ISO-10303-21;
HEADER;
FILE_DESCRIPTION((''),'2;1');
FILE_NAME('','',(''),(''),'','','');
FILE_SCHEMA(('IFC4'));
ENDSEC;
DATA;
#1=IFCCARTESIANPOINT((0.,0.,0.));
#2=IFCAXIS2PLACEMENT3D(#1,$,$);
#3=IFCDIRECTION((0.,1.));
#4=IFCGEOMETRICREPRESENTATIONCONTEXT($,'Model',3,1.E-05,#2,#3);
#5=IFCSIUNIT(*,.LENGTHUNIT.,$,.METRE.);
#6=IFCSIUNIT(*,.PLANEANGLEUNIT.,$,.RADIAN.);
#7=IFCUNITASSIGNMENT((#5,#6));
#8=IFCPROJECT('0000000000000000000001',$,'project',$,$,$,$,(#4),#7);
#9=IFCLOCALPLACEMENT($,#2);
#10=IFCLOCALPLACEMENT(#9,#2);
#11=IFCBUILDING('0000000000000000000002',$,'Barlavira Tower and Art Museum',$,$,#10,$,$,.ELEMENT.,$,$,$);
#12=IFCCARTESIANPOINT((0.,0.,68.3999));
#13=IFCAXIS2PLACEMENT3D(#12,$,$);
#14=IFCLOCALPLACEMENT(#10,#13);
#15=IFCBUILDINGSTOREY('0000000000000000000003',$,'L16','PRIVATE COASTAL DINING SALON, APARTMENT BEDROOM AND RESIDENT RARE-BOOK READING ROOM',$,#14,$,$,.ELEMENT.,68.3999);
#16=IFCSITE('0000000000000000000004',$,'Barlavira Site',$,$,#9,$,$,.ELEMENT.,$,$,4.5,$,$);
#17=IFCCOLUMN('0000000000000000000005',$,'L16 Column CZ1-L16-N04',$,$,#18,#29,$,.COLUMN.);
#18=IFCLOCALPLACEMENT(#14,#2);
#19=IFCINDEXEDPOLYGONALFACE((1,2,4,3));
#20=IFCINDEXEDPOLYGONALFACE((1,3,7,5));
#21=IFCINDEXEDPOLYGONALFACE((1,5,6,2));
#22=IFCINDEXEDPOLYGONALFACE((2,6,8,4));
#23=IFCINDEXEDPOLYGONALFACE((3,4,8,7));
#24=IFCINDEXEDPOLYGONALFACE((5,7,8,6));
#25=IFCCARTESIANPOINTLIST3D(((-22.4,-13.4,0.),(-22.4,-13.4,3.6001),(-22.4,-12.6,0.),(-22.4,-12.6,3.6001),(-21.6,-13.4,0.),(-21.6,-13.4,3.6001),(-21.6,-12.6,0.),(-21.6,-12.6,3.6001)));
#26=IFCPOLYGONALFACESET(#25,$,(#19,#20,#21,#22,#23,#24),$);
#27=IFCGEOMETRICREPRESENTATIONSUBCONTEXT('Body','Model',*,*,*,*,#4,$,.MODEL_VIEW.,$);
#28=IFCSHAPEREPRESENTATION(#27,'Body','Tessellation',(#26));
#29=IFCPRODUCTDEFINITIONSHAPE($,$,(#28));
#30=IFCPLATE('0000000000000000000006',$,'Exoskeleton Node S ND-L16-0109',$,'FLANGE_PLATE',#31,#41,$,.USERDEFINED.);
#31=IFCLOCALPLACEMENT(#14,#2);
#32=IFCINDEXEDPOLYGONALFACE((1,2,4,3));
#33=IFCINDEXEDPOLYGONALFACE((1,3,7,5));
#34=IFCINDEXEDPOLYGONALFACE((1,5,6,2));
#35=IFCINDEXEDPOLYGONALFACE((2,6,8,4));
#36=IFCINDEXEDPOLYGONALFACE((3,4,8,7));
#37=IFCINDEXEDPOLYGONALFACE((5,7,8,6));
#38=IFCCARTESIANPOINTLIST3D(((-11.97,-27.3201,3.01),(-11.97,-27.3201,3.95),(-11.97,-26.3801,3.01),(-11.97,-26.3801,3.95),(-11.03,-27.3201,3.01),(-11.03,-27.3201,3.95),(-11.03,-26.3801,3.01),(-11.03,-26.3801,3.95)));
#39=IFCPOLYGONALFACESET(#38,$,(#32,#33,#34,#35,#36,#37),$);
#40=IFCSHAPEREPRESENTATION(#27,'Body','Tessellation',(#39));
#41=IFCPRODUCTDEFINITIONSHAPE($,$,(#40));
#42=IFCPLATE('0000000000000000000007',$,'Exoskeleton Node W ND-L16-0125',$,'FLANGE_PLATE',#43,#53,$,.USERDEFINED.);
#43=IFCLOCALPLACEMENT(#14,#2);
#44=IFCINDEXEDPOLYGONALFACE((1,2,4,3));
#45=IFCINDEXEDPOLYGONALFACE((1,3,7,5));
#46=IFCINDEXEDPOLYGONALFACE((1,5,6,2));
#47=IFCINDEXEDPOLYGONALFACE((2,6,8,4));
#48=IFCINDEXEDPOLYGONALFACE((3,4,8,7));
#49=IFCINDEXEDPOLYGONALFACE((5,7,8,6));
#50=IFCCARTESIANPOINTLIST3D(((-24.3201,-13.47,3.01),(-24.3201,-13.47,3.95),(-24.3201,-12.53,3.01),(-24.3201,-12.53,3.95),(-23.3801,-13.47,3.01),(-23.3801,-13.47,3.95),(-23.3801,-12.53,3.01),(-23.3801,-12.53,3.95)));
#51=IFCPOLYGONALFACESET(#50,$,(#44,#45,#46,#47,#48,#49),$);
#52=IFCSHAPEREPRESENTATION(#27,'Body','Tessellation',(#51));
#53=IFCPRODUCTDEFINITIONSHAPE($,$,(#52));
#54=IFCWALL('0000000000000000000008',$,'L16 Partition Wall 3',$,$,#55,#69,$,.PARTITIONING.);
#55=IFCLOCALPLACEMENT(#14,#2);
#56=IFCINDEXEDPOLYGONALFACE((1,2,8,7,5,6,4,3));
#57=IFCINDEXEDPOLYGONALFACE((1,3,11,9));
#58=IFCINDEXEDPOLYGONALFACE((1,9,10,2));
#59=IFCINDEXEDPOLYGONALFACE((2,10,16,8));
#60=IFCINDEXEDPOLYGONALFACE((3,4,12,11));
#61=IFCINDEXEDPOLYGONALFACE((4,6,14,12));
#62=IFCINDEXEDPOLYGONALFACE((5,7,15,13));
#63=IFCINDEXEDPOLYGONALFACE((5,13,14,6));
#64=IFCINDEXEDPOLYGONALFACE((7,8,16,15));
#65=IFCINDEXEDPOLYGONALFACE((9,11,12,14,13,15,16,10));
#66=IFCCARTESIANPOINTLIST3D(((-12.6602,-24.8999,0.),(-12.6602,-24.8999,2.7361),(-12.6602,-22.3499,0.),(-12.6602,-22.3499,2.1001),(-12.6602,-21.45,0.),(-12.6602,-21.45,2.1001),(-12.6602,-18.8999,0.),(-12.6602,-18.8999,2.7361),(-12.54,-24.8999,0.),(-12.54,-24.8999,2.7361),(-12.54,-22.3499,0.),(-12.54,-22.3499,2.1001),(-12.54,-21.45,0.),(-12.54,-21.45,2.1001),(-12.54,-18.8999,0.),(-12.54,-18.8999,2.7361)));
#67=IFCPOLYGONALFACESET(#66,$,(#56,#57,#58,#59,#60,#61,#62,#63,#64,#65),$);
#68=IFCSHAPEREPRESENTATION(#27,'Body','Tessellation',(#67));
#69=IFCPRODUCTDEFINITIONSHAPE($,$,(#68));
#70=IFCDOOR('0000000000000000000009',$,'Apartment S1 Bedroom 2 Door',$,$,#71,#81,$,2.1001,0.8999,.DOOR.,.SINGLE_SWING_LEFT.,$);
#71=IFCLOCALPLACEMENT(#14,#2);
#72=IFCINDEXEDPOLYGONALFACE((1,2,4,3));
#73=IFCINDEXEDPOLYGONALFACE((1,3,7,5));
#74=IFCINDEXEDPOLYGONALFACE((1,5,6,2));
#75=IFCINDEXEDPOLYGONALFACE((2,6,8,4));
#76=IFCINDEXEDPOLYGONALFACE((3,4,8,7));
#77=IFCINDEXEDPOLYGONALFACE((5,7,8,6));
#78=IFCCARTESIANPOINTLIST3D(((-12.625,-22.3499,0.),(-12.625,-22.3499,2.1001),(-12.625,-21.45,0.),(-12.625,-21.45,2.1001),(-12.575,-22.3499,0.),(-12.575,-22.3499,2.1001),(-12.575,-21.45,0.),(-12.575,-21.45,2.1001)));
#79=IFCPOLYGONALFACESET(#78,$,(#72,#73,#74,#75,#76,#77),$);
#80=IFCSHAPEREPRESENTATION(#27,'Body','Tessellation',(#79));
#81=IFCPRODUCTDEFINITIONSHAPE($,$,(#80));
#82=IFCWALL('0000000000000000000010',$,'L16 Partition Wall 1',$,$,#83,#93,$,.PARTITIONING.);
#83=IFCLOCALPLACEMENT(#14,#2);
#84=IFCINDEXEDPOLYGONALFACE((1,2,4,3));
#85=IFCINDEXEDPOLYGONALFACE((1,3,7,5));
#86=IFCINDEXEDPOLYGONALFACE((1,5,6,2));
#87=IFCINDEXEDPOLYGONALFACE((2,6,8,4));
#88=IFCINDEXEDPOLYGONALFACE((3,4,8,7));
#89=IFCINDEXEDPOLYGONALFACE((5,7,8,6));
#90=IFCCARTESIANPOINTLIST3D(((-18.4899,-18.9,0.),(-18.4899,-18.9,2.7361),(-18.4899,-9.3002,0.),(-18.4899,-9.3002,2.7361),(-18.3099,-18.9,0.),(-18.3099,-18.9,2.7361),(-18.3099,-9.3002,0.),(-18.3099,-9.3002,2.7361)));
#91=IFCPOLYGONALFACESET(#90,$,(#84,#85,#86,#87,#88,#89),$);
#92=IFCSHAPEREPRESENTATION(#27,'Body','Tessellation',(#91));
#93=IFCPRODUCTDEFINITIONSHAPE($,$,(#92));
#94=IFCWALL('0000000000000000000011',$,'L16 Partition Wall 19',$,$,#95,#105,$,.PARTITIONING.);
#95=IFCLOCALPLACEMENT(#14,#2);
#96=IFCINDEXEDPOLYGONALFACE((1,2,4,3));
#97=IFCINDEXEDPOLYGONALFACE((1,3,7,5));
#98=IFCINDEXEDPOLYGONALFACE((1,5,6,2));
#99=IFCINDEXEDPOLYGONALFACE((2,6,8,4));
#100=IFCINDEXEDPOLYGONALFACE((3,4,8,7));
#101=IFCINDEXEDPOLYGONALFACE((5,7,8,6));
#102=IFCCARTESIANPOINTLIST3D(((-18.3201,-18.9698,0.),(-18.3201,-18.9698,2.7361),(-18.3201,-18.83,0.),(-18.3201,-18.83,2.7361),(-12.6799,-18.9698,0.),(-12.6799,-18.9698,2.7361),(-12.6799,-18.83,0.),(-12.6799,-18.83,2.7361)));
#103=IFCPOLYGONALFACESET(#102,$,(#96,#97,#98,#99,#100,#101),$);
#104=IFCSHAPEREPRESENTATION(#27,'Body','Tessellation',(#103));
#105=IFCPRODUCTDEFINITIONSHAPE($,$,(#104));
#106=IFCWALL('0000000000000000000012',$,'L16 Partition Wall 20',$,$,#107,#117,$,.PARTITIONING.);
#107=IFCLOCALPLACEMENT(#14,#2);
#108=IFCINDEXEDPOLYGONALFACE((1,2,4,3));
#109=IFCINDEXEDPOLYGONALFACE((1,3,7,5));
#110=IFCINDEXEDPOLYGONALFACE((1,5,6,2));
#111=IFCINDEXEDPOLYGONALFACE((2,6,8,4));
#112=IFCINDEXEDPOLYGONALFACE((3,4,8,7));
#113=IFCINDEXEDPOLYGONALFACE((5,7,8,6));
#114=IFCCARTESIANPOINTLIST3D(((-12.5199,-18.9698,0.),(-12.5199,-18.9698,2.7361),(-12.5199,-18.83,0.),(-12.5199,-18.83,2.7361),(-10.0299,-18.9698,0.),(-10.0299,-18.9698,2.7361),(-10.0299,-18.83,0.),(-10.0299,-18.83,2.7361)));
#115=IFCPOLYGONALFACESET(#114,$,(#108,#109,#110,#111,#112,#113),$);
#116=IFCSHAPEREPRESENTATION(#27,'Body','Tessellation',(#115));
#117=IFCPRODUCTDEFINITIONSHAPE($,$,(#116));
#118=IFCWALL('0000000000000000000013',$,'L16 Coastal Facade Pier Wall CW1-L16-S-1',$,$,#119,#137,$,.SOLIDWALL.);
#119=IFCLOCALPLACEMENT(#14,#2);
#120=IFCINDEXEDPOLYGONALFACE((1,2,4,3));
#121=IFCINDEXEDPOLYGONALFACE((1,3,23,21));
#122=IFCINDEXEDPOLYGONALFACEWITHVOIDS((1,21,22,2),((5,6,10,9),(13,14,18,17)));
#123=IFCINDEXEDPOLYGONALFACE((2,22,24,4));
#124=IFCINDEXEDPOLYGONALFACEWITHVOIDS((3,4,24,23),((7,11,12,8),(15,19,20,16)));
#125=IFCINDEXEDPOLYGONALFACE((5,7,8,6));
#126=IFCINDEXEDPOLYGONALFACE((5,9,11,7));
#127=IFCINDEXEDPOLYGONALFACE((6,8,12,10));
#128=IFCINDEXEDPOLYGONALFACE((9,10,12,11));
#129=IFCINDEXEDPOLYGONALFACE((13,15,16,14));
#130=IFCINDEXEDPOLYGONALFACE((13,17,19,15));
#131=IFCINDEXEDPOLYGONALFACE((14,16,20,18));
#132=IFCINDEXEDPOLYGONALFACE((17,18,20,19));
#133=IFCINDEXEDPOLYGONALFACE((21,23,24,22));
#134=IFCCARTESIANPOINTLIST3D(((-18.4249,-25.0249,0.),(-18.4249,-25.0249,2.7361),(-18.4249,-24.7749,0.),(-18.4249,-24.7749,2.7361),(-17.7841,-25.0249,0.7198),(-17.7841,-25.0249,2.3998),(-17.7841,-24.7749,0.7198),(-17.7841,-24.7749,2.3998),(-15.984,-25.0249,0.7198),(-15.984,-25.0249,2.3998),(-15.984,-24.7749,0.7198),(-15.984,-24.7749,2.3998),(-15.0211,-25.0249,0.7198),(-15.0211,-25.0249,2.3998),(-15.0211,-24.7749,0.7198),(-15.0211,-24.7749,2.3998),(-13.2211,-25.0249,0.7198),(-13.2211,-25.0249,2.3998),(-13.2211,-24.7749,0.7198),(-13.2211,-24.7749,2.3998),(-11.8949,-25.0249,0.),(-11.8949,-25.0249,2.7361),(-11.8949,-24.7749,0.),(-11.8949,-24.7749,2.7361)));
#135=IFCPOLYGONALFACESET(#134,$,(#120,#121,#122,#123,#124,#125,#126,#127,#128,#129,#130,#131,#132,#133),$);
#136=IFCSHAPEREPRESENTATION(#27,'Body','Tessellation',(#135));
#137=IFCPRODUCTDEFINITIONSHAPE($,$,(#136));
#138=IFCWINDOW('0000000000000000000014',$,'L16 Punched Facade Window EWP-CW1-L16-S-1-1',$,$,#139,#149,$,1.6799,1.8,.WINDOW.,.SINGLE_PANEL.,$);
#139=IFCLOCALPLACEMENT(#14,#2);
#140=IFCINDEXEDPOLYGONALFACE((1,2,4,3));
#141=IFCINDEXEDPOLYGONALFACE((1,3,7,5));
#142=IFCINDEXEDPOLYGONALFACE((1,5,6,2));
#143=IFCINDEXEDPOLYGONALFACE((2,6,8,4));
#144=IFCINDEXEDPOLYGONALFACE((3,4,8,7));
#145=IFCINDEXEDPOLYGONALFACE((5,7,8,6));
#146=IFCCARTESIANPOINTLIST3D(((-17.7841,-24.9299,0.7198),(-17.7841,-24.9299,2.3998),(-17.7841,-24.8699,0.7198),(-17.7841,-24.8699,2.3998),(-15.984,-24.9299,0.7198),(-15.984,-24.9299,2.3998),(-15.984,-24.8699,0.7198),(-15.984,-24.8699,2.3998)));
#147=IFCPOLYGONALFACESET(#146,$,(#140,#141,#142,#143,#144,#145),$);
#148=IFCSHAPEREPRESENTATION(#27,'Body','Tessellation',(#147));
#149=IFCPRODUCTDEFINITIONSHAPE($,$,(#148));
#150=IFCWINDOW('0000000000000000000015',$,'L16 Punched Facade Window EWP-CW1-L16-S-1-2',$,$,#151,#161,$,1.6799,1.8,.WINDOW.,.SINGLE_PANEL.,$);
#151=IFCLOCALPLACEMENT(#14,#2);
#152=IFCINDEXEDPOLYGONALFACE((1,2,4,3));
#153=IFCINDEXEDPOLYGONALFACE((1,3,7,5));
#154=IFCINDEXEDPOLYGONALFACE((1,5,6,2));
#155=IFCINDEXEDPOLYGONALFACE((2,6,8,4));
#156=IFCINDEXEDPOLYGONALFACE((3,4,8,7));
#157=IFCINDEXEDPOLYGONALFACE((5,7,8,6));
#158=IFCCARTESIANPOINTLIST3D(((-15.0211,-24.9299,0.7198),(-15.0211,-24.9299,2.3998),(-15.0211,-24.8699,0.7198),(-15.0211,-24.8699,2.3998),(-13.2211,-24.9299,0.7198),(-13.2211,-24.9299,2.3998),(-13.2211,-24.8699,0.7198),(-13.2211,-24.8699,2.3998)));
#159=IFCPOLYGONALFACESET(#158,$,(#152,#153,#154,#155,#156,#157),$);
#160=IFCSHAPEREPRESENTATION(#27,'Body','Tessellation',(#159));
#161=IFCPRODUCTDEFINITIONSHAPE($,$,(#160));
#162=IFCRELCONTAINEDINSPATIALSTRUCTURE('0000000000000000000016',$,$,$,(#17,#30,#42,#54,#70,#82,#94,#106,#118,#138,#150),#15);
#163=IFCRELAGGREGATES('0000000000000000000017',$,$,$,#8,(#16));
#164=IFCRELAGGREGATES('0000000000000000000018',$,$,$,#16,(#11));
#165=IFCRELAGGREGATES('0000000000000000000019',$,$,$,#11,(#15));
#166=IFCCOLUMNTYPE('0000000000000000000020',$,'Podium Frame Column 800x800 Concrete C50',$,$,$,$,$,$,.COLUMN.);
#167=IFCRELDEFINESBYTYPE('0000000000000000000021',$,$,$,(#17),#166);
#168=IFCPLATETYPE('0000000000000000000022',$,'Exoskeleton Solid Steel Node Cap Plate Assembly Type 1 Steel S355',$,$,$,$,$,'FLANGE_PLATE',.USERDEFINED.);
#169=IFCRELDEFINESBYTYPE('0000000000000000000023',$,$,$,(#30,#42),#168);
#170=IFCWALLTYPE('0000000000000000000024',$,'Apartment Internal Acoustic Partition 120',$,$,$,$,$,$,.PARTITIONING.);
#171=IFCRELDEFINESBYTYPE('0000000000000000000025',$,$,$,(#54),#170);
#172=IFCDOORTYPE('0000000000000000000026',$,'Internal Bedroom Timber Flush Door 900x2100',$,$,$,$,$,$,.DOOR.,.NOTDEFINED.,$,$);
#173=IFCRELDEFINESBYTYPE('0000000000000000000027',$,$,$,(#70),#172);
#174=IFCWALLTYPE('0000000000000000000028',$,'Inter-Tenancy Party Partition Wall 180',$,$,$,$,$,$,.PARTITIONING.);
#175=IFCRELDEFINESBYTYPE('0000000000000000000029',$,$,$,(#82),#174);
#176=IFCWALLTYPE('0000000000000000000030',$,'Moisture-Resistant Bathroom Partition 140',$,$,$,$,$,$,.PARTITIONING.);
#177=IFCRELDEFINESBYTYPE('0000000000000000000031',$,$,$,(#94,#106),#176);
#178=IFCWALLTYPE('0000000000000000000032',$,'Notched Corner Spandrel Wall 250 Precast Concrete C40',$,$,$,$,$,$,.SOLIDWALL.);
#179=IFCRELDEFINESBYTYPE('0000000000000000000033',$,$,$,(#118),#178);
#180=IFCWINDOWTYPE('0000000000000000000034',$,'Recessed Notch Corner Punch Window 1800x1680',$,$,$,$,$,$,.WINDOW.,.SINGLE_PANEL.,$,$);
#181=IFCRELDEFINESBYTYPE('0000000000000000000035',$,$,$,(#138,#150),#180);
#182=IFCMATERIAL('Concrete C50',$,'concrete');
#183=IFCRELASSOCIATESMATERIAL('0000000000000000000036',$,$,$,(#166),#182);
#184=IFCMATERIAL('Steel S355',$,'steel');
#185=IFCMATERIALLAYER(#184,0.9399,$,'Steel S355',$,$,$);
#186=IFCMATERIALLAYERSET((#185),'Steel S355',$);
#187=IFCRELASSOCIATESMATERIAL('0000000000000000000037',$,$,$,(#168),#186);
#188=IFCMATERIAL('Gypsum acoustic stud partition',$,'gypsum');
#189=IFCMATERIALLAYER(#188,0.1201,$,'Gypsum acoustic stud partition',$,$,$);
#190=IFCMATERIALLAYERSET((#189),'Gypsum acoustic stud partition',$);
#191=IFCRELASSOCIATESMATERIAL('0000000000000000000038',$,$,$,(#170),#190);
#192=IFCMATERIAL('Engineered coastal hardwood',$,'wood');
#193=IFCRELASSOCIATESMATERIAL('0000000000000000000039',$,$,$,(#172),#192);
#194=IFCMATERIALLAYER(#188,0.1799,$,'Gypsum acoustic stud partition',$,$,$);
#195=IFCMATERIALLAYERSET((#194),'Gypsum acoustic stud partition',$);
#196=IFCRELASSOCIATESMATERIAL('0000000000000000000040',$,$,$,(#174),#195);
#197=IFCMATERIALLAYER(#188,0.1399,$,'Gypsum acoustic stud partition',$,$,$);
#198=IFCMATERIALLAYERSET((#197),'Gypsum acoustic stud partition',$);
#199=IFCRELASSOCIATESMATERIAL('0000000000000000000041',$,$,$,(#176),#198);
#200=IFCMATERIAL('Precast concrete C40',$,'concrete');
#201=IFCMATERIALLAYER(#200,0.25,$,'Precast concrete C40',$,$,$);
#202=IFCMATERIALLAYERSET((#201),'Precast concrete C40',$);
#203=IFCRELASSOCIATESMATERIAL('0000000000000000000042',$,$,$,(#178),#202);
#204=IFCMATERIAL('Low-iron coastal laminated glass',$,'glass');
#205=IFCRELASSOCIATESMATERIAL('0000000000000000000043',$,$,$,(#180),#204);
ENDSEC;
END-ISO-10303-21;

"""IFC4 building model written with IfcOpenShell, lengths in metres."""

from ifc_helpers import new_model, si_unit, direction, frame, frame_2d, origin, origin_2d, place, context, subcontext, project, spatial, rectangle, extrude, material, layer, layer_set, material_profile, profile_set, type_object, element, fill, save


model = new_model("IFC4")

# Units and contexts
model_context = context("Model", 3, precision=1e-05, world=origin(), true_north=direction((0.0, 1.0)))
body_context = subcontext(model_context, "Body", "Model", "MODEL_VIEW")
ifc_project = project(units=[si_unit("LENGTHUNIT", "METRE"), si_unit("PLANEANGLEUNIT", "RADIAN")], contexts=[model_context])

# Site, building, storey
site_placement = place(None, origin())
site = spatial("IfcSite", under=ifc_project, at=site_placement, Name="Barlavira Site", CompositionType="ELEMENT", RefElevation=4.5)
building_placement = place(site_placement, origin())
building = spatial("IfcBuilding", under=site, at=building_placement, Name="Barlavira Tower and Art Museum", CompositionType="ELEMENT")
storey_placement = place(building_placement, frame((0.0, 0.0, 68.3999)))
storey = spatial("IfcBuildingStorey", under=building, at=storey_placement, Name="L16", Description="PRIVATE COASTAL DINING SALON, APARTMENT BEDROOM AND RESIDENT RARE-BOOK READING ROOM", CompositionType="ELEMENT", Elevation=68.3999)

# Column
ifc_material_1 = material(Name="Concrete C50", Category="concrete")
ifc_material_profile = material_profile(ifc_material_1, rectangle(XDim=0.8, YDim=0.8, at=origin_2d()), Name="RC-COL 800x800")
ifc_profile_set = profile_set([ifc_material_profile], Name="Concrete C50")
column_type = type_object("IfcColumnType", Name="Podium Frame Column 800x800 Concrete C50", PredefinedType="COLUMN", material=ifc_profile_set)
column_placement = place(storey_placement, frame((-22.0, -13.0, 0.0), z_axis=(0.0, 0.0, 1.0), x_axis=(1.0, 0.0, 0.0)))
element("IfcColumn", 1, at=column_placement, inside=storey, type_object=column_type, Name="L16 Column CZ1-L16-N04", PredefinedType="COLUMN", context=body_context, shape_type="SweptSolid", body=[
    extrude(rectangle(XDim=0.8, YDim=0.8, at=origin_2d()), origin(), (0.0, 0.0, 1.0), 3.6001),
])

# Plates
ifc_material_2 = material(Name="Steel S355", Category="steel")
ifc_layer_1 = layer(ifc_material_2, 0.9399, Name="Steel S355")
ifc_layer_set_1 = layer_set([ifc_layer_1], Name="Steel S355")
plate_type = type_object("IfcPlateType", Name="Exoskeleton Solid Steel Node Cap Plate Assembly Type 1 Steel S355", ElementType="FLANGE_PLATE", PredefinedType="USERDEFINED", material=ifc_layer_set_1)
for number, where, z_axis, x_axis, name in (
    (2, (-11.5, -26.8501, 3.01), (0.0, 0.0, 1.0), (1.0, 0.0, 0.0), "Exoskeleton Node S ND-L16-0109"),
    (3, (-23.8501, -13.0, 3.01), (0.0, 0.0, 1.0), (1.0, 0.0, 0.0), "Exoskeleton Node W ND-L16-0125"),
):
    element("IfcPlate", number, at=place(storey_placement, frame(where, z_axis=z_axis, x_axis=x_axis)), inside=storey, type_object=plate_type, Name=name, ObjectType="FLANGE_PLATE", PredefinedType="USERDEFINED", context=body_context, shape_type="SweptSolid", body=[
        extrude(rectangle(XDim=0.9399, YDim=0.9399, at=origin_2d()), origin(), (0.0, 0.0, 1.0), 0.9399),
    ])

# Wall, opening, door
ifc_material_3 = material(Name="Gypsum acoustic stud partition", Category="gypsum")
ifc_layer_2 = layer(ifc_material_3, 0.1201, Name="Gypsum acoustic stud partition")
ifc_layer_set_2 = layer_set([ifc_layer_2], Name="Gypsum acoustic stud partition")
wall_type_1 = type_object("IfcWallType", Name="Apartment Internal Acoustic Partition 120", PredefinedType="PARTITIONING", material=ifc_layer_set_2)
wall_1_placement = place(storey_placement, frame((-12.6001, -24.8999, 0.0), z_axis=(0.0, 0.0, 1.0), x_axis=(0.0, 1.0, 0.0)))
wall_1 = element("IfcWall", 4, at=wall_1_placement, inside=storey, type_object=wall_type_1, Name="L16 Partition Wall 3", PredefinedType="PARTITIONING", context=body_context, shape_type="SweptSolid", body=[
    extrude(rectangle(XDim=6.0, YDim=0.1201, at=frame_2d((3.0, 0.0))), origin(), (0.0, 0.0, 1.0), 2.7361),
])
opening_1_placement = place(wall_1_placement, frame((2.55, 0.0, 0.0)))
opening_1 = element("IfcOpeningElement", 5, at=opening_1_placement, cuts=wall_1, PredefinedType="OPENING", context=body_context, shape_type="SweptSolid", body=[
    extrude(rectangle(XDim=0.8999, YDim=2.1001, at=frame_2d((0.45, 1.05))), frame((0.0, 0.0701, 0.0), z_axis=(0.0, -1.0, 0.0), x_axis=(1.0, 0.0, 0.0)), (0.0, 0.0, 1.0), 0.1401),
])
ifc_material_4 = material(Name="Engineered coastal hardwood", Category="wood")
door_type = type_object("IfcDoorType", Name="Internal Bedroom Timber Flush Door 900x2100", OperationType="NOTDEFINED", PredefinedType="DOOR", material=ifc_material_4)
door_placement = place(opening_1_placement, origin())
door = element("IfcDoor", 6, at=door_placement, inside=storey, type_object=door_type, Name="Apartment S1 Bedroom 2 Door", OperationType="SINGLE_SWING_LEFT", OverallHeight=2.1001, OverallWidth=0.8999, PredefinedType="DOOR", context=body_context, shape_type="SweptSolid", body=[
    extrude(rectangle(XDim=0.8999, YDim=2.1001, at=frame_2d((0.45, 1.05))), frame((0.0, 0.0249, 0.0), z_axis=(0.0, -1.0, 0.0), x_axis=(1.0, 0.0, 0.0)), (0.0, 0.0, 1.0), 0.05),
])
fill(opening_1, door)

# Walls
ifc_layer_3 = layer(ifc_material_3, 0.1799, Name="Gypsum acoustic stud partition")
ifc_layer_set_3 = layer_set([ifc_layer_3], Name="Gypsum acoustic stud partition")
wall_type_2 = type_object("IfcWallType", Name="Inter-Tenancy Party Partition Wall 180", PredefinedType="PARTITIONING", material=ifc_layer_set_3)
wall_2_placement = place(storey_placement, frame((-18.3999, -18.8999, 0.0), z_axis=(0.0, 0.0, 1.0), x_axis=(0.0, 1.0, 0.0)))
element("IfcWall", 7, at=wall_2_placement, inside=storey, type_object=wall_type_2, Name="L16 Partition Wall 1", PredefinedType="PARTITIONING", context=body_context, shape_type="SweptSolid", body=[
    extrude(rectangle(XDim=9.5999, YDim=0.1799, at=frame_2d((4.7998, 0.0))), origin(), (0.0, 0.0, 1.0), 2.7361),
])
ifc_layer_4 = layer(ifc_material_3, 0.1399, Name="Gypsum acoustic stud partition")
ifc_layer_set_4 = layer_set([ifc_layer_4], Name="Gypsum acoustic stud partition")
wall_type_3 = type_object("IfcWallType", Name="Moisture-Resistant Bathroom Partition 140", PredefinedType="PARTITIONING", material=ifc_layer_set_4)
wall_3_placement = place(storey_placement, frame((-18.3201, -18.8999, 0.0), z_axis=(0.0, 0.0, 1.0), x_axis=(1.0, 0.0, 0.0)))
element("IfcWall", 8, at=wall_3_placement, inside=storey, type_object=wall_type_3, Name="L16 Partition Wall 19", PredefinedType="PARTITIONING", context=body_context, shape_type="SweptSolid", body=[
    extrude(rectangle(XDim=5.6401, YDim=0.1399, at=frame_2d((2.8201, 0.0))), origin(), (0.0, 0.0, 1.0), 2.7361),
])
wall_4_placement = place(storey_placement, frame((-12.52, -18.8999, 0.0), z_axis=(0.0, 0.0, 1.0), x_axis=(1.0, 0.0, 0.0)))
element("IfcWall", 9, at=wall_4_placement, inside=storey, type_object=wall_type_3, Name="L16 Partition Wall 20", PredefinedType="PARTITIONING", context=body_context, shape_type="SweptSolid", body=[
    extrude(rectangle(XDim=2.49, YDim=0.1399, at=frame_2d((1.2451, 0.0))), origin(), (0.0, 0.0, 1.0), 2.7361),
])

# Wall, openings, windows
ifc_material_5 = material(Name="Precast concrete C40", Category="concrete")
ifc_layer_5 = layer(ifc_material_5, 0.25, Name="Precast concrete C40")
ifc_layer_set_5 = layer_set([ifc_layer_5], Name="Precast concrete C40")
wall_type_4 = type_object("IfcWallType", Name="Notched Corner Spandrel Wall 250 Precast Concrete C40", PredefinedType="SOLIDWALL", material=ifc_layer_set_5)
wall_5_placement = place(storey_placement, frame((-18.425, -24.8999, 0.0), z_axis=(0.0, 0.0, 1.0), x_axis=(1.0, 0.0, 0.0)))
wall_5 = element("IfcWall", 10, at=wall_5_placement, inside=storey, type_object=wall_type_4, Name="L16 Coastal Facade Pier Wall CW1-L16-S-1", PredefinedType="SOLIDWALL", context=body_context, shape_type="SweptSolid", body=[
    extrude(rectangle(XDim=6.53, YDim=0.25, at=frame_2d((3.2651, 0.0))), origin(), (0.0, 0.0, 1.0), 2.7361),
])
opening_2_placement = place(wall_5_placement, frame((0.6411, 0.0, 0.72)))
opening_2 = element("IfcOpeningElement", 11, at=opening_2_placement, cuts=wall_5, PredefinedType="OPENING", context=body_context, shape_type="SweptSolid", body=[
    extrude(rectangle(XDim=1.8, YDim=1.6799, at=frame_2d((0.8999, 0.8398))), frame((0.0, 0.135, 0.0), z_axis=(0.0, -1.0, 0.0), x_axis=(1.0, 0.0, 0.0)), (0.0, 0.0, 1.0), 0.27),
])
opening_3_placement = place(wall_5_placement, frame((3.4041, 0.0, 0.72)))
opening_3 = element("IfcOpeningElement", 12, at=opening_3_placement, cuts=wall_5, PredefinedType="OPENING", context=body_context, shape_type="SweptSolid", body=[
    extrude(rectangle(XDim=1.8, YDim=1.6799, at=frame_2d((0.8999, 0.8398))), frame((0.0, 0.135, 0.0), z_axis=(0.0, -1.0, 0.0), x_axis=(1.0, 0.0, 0.0)), (0.0, 0.0, 1.0), 0.27),
])
ifc_material_6 = material(Name="Low-iron coastal laminated glass", Category="glass")
window_type = type_object("IfcWindowType", Name="Recessed Notch Corner Punch Window 1800x1680", PartitioningType="SINGLE_PANEL", PredefinedType="WINDOW", material=ifc_material_6)
window_1_placement = place(opening_2_placement, origin())
window_1 = element("IfcWindow", 13, at=window_1_placement, inside=storey, type_object=window_type, Name="L16 Punched Facade Window EWP-CW1-L16-S-1-1", OverallHeight=1.6799, OverallWidth=1.8, PartitioningType="SINGLE_PANEL", PredefinedType="WINDOW", context=body_context, shape_type="SweptSolid", body=[
    extrude(rectangle(XDim=1.8, YDim=1.6799, at=frame_2d((0.8999, 0.8398))), frame((0.0, 0.03, 0.0), z_axis=(0.0, -1.0, 0.0), x_axis=(1.0, 0.0, 0.0)), (0.0, 0.0, 1.0), 0.0601),
])
fill(opening_2, window_1)
window_2_placement = place(opening_3_placement, origin())
window_2 = element("IfcWindow", 14, at=window_2_placement, inside=storey, type_object=window_type, Name="L16 Punched Facade Window EWP-CW1-L16-S-1-2", OverallHeight=1.6799, OverallWidth=1.8, PartitioningType="SINGLE_PANEL", PredefinedType="WINDOW", context=body_context, shape_type="SweptSolid", body=[
    extrude(rectangle(XDim=1.8, YDim=1.6799, at=frame_2d((0.8999, 0.8398))), frame((0.0, 0.03, 0.0), z_axis=(0.0, -1.0, 0.0), x_axis=(1.0, 0.0, 0.0)), (0.0, 0.0, 1.0), 0.0601),
])
fill(opening_3, window_2)

save(model, "model.ifc")
